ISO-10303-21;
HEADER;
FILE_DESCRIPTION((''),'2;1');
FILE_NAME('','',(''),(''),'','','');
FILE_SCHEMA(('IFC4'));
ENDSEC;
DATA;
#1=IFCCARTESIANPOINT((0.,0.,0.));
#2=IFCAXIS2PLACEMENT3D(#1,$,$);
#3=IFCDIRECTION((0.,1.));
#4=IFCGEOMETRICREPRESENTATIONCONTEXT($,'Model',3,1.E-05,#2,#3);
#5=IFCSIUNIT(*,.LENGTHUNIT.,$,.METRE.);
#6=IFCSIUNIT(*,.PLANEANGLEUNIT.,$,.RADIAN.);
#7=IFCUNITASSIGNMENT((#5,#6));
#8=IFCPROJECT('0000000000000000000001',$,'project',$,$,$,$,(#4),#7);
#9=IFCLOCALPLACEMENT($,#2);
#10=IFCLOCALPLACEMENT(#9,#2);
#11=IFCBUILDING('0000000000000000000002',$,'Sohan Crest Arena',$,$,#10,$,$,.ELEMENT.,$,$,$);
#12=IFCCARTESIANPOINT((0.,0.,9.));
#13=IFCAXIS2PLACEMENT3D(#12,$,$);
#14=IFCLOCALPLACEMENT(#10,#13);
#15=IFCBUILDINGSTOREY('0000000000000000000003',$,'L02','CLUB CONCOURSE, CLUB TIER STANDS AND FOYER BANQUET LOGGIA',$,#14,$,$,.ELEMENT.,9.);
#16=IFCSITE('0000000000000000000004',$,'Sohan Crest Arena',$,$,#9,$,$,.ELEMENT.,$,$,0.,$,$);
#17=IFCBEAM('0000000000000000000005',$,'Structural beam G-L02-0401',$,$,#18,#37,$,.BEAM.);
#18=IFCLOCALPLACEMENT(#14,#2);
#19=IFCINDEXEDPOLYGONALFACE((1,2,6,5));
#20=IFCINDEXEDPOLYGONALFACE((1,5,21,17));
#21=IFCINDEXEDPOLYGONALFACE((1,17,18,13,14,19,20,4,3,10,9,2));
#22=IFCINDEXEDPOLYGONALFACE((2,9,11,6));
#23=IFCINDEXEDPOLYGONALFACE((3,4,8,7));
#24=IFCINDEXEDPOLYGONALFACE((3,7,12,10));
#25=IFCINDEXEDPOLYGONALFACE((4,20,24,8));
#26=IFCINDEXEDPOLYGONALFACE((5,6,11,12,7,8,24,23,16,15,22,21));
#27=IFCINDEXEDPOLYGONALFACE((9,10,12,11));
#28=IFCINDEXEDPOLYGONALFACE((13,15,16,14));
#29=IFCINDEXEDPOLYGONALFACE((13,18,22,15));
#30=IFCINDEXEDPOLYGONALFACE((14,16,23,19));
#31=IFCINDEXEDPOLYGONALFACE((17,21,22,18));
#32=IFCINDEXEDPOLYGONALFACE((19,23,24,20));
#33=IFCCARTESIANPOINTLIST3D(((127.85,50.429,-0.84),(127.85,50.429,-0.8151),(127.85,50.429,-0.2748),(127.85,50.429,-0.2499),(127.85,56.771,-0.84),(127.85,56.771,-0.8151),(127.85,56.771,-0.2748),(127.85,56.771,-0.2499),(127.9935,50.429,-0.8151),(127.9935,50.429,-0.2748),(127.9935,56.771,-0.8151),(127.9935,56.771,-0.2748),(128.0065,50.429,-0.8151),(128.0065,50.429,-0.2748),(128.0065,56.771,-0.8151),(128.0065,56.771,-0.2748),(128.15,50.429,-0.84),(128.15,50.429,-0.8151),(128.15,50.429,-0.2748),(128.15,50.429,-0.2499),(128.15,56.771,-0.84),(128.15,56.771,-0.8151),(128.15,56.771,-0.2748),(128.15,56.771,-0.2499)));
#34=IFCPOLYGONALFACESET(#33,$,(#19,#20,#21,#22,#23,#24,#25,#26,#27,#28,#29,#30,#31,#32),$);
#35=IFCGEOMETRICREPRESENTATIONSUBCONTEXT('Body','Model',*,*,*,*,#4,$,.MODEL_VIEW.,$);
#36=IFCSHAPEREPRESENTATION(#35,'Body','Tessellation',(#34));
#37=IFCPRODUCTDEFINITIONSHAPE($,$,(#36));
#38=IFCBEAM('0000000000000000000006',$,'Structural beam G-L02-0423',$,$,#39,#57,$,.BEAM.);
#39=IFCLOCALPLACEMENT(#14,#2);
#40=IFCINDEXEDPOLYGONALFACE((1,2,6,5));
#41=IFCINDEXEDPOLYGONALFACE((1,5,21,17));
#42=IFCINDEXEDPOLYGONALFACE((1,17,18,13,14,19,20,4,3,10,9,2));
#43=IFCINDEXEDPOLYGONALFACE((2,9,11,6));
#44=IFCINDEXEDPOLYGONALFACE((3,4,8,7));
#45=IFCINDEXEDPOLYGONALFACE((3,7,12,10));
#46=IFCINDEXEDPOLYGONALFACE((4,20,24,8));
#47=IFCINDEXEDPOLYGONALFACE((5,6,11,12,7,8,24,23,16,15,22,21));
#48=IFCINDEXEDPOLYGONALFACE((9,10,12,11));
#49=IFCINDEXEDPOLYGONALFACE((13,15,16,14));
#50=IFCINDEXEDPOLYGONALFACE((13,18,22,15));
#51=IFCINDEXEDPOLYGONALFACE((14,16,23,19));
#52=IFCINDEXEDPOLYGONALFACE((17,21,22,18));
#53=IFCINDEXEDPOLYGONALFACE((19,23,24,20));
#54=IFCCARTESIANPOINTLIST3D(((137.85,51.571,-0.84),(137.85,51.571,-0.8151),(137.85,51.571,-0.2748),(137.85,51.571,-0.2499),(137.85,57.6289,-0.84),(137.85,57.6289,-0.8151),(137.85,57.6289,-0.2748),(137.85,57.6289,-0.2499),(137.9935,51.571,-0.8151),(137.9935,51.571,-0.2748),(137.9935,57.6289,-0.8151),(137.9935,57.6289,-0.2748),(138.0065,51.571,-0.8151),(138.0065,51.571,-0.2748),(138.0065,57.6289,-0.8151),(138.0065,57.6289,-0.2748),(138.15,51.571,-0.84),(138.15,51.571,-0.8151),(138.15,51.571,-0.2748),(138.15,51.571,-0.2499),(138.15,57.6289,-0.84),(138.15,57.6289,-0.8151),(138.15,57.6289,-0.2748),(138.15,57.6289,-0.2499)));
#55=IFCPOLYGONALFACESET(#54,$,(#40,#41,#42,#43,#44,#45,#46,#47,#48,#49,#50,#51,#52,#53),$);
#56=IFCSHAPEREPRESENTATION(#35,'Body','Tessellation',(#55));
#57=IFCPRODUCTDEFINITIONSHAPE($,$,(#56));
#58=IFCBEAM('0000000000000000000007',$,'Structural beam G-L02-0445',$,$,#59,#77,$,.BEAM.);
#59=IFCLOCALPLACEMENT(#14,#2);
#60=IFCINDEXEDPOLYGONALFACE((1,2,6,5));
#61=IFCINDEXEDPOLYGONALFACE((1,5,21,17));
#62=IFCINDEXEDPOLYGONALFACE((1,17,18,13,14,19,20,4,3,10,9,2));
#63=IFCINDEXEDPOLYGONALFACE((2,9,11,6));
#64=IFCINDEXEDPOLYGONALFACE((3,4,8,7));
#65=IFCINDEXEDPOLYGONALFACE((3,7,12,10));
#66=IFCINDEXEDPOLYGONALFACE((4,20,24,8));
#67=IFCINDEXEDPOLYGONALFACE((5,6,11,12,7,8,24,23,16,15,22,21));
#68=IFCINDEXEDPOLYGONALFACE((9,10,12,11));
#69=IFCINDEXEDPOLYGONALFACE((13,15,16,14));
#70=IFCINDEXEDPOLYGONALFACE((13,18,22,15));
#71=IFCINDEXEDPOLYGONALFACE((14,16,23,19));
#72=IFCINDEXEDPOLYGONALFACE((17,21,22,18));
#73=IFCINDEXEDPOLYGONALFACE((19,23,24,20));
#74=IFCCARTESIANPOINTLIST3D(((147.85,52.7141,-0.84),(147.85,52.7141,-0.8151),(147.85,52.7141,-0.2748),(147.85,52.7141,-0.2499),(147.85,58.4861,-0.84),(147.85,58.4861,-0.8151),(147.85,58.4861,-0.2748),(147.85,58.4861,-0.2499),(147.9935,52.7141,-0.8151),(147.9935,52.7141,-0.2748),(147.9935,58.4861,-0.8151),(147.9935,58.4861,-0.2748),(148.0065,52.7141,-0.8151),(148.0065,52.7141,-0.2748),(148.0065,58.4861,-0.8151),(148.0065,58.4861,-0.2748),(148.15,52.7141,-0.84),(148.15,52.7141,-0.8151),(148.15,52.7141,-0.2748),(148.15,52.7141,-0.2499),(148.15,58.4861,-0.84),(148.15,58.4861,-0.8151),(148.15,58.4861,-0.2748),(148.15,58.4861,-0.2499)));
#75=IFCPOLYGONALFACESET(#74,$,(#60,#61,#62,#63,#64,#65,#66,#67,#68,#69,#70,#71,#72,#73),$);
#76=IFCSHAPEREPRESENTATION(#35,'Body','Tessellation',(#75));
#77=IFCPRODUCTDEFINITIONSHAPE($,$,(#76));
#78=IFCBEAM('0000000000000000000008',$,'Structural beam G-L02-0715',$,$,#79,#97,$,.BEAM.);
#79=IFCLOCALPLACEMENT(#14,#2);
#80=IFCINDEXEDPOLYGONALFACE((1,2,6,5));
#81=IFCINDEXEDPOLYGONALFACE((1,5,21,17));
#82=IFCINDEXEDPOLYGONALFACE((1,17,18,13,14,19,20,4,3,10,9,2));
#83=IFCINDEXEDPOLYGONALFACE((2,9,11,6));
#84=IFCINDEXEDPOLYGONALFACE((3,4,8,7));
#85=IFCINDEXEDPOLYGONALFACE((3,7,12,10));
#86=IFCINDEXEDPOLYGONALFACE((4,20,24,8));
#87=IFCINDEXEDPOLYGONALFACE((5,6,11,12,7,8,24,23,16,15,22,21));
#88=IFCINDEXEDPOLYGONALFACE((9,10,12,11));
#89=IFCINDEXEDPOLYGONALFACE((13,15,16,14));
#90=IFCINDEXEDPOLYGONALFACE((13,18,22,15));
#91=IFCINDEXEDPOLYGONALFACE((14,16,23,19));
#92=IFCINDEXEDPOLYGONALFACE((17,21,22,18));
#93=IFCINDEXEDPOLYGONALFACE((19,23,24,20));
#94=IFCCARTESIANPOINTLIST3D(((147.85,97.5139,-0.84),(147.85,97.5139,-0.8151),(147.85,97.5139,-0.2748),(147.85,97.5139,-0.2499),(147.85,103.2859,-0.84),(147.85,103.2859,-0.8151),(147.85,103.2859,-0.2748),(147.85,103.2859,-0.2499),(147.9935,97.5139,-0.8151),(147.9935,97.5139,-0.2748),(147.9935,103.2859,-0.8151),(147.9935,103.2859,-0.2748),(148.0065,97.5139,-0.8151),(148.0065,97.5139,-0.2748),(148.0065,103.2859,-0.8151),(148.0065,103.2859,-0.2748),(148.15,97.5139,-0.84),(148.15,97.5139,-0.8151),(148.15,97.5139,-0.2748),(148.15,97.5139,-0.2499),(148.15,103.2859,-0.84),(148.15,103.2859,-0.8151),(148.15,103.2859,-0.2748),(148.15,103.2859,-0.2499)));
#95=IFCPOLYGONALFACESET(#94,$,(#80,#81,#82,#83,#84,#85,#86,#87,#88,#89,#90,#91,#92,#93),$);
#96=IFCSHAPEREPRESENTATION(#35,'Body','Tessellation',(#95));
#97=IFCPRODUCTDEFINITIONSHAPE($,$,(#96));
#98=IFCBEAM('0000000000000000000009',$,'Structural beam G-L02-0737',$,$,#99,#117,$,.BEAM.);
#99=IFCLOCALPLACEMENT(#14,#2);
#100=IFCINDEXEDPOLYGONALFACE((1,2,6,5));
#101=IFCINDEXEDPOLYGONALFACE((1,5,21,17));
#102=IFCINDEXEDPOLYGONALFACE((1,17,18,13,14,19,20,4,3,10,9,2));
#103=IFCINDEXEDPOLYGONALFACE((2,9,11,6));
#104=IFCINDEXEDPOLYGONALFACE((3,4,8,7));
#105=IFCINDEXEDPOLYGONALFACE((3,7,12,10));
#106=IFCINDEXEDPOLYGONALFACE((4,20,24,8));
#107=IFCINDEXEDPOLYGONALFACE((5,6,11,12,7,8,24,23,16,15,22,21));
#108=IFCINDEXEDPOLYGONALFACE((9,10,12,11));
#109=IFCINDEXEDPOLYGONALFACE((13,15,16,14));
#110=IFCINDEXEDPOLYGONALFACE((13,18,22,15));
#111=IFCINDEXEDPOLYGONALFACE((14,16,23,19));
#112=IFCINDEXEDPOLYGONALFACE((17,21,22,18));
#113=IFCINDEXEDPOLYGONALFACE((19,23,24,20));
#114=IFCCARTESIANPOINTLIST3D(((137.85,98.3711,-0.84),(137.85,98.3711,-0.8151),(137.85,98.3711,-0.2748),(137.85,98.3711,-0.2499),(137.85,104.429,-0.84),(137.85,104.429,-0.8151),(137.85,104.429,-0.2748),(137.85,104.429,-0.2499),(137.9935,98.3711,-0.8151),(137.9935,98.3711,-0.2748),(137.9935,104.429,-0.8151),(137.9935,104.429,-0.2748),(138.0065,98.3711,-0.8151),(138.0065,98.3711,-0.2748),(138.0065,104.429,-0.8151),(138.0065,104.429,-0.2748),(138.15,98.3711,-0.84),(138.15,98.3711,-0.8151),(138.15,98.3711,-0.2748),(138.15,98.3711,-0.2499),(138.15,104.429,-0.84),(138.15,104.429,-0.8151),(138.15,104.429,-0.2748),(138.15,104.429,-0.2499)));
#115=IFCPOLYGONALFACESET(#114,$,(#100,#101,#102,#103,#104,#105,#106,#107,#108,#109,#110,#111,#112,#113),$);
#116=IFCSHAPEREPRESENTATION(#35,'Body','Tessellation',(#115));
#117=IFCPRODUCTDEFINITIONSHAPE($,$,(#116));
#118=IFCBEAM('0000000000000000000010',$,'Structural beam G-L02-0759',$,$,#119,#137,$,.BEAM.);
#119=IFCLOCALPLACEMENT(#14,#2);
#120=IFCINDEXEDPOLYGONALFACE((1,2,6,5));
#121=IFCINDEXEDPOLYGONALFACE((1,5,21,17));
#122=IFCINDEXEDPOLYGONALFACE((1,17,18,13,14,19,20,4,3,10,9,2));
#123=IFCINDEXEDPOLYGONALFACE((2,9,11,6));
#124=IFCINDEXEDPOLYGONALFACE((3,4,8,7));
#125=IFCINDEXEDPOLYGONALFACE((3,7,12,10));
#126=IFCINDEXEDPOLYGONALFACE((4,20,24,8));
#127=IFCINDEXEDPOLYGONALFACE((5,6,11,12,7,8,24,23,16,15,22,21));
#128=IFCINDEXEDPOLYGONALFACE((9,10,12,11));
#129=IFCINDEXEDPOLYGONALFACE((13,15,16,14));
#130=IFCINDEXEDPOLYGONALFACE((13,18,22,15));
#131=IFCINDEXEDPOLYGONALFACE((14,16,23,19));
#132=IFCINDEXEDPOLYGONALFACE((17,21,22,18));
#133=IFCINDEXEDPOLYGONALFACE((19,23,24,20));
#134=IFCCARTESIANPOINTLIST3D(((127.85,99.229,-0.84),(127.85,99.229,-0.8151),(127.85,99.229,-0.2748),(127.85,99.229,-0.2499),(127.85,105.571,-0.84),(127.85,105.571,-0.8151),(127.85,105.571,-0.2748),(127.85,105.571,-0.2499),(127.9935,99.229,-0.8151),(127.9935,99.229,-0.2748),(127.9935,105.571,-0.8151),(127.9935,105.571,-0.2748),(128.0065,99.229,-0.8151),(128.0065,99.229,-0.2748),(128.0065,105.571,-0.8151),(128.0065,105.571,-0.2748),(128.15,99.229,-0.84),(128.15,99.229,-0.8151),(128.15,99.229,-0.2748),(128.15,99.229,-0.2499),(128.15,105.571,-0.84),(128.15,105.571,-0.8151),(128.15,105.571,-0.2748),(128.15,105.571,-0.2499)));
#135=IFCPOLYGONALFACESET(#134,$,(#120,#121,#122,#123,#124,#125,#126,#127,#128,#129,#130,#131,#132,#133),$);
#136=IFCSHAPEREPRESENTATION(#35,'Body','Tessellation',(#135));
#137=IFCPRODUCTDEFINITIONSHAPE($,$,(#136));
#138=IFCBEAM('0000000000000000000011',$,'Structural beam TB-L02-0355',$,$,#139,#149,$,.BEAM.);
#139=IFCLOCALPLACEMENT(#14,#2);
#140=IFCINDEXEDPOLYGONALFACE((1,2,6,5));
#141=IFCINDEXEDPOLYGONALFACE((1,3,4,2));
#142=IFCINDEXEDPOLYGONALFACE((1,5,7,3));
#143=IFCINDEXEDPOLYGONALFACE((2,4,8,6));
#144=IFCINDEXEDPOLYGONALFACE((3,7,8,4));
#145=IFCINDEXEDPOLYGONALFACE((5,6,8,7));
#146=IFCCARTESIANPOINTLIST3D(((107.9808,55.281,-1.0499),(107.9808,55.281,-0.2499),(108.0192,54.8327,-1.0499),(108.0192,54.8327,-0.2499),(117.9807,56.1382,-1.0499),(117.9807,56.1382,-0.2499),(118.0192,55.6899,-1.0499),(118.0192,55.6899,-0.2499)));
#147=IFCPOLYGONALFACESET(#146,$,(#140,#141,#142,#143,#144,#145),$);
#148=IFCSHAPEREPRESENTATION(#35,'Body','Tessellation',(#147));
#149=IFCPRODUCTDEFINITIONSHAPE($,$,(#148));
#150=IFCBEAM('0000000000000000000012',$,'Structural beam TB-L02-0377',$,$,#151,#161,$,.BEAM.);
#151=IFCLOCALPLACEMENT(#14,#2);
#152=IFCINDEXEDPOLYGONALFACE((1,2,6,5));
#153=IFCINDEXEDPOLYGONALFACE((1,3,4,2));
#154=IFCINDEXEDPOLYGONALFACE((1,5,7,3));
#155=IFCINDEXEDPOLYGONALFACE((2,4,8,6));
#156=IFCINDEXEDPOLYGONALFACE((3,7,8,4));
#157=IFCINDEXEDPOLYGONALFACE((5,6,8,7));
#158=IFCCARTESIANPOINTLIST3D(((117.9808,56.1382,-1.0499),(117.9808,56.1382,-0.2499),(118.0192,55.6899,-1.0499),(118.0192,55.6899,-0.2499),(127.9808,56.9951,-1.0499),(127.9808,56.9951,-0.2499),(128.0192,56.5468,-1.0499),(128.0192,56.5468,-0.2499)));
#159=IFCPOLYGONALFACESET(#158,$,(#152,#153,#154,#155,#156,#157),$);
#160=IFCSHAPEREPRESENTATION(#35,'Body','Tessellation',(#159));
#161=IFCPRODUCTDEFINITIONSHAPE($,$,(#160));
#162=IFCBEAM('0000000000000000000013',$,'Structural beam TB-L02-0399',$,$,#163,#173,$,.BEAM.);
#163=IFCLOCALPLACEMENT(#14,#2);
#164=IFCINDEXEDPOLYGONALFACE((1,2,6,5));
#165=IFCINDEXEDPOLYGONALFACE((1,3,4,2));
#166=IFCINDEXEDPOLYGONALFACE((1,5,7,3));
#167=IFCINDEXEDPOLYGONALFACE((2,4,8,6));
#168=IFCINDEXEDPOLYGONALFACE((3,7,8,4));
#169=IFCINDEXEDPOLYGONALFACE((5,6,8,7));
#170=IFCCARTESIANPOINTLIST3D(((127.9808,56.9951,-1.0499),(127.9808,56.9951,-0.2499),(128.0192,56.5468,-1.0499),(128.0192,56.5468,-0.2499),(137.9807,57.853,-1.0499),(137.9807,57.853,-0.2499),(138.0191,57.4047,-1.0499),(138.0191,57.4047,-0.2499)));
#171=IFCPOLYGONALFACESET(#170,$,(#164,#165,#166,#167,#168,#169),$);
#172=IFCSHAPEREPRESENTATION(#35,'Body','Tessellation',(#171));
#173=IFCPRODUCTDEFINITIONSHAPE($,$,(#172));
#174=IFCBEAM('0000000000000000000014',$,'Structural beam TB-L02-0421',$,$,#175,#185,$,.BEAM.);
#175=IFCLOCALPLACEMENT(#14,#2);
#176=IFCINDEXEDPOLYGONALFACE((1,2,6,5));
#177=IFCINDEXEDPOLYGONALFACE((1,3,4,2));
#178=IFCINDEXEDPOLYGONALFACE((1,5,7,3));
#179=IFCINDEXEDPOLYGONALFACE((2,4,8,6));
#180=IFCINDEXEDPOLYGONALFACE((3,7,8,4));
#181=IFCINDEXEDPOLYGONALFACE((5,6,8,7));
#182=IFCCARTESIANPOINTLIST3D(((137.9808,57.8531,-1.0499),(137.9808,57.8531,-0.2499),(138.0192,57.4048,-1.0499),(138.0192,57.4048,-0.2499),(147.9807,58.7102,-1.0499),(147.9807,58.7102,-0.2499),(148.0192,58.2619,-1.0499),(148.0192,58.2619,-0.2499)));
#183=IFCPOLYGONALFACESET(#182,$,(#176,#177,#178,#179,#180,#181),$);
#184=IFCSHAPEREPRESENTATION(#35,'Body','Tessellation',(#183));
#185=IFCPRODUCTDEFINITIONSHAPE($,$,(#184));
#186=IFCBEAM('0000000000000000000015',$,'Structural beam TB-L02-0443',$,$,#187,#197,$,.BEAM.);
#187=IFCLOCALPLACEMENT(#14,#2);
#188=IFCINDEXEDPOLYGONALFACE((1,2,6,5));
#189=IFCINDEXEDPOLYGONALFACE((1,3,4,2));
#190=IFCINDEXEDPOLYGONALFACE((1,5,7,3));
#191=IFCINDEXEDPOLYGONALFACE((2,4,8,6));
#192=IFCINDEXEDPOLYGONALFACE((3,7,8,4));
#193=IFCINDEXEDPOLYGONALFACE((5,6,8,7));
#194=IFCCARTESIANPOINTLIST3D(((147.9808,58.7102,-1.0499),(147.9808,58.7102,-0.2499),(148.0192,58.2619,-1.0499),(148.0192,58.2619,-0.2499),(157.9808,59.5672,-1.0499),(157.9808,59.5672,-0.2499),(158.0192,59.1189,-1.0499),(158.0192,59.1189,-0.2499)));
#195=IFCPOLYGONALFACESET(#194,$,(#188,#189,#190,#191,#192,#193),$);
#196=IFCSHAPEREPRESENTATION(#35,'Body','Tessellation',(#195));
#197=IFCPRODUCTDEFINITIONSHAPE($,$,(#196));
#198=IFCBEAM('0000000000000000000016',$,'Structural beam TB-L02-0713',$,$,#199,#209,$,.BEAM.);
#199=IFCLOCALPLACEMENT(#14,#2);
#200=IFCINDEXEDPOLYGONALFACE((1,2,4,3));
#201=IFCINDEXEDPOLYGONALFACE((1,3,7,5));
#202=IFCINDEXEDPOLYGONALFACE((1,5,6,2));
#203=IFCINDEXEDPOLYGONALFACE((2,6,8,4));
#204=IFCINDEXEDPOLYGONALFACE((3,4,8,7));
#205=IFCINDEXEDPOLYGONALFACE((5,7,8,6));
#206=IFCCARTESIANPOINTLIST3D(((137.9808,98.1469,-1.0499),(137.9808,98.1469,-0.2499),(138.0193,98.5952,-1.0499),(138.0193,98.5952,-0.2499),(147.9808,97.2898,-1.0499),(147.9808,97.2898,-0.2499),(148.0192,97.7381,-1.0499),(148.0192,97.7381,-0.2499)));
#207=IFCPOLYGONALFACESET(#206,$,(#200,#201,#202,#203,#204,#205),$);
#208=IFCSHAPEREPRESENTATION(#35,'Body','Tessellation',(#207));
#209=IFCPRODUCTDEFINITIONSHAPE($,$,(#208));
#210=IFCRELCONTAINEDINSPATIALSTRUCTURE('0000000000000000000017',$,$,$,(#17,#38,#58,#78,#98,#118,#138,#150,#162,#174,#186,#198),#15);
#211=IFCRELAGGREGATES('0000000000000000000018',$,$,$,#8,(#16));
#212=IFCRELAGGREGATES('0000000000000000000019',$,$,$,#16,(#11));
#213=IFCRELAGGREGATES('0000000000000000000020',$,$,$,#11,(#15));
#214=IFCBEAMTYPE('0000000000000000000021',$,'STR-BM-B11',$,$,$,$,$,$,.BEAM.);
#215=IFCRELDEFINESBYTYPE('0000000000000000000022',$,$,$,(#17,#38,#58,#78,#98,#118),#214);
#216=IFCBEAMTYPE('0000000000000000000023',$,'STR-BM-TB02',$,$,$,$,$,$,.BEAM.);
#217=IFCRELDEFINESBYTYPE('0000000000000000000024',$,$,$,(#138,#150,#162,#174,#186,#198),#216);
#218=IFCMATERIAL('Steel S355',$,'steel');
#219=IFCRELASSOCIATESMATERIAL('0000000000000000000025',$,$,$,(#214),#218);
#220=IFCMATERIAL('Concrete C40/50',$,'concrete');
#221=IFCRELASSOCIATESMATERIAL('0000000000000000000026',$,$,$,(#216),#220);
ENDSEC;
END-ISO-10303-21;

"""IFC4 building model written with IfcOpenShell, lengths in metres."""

from ifc_helpers import new_model, si_unit, direction, frame, origin, origin_2d, place, context, subcontext, project, spatial, rectangle, i_section, extrude, material, material_profile, profile_set, type_object, element, save


model = new_model("IFC4")

# Units and contexts
model_context = context("Model", 3, precision=1e-05, world=origin(), true_north=direction((0.0, 1.0)))
body_context = subcontext(model_context, "Body", "Model", "MODEL_VIEW")
ifc_project = project(units=[si_unit("LENGTHUNIT", "METRE"), si_unit("PLANEANGLEUNIT", "RADIAN")], contexts=[model_context])

# Site, building, storey
site_placement = place(None, origin())
site = spatial("IfcSite", under=ifc_project, at=site_placement, Name="Sohan Crest Arena", CompositionType="ELEMENT", RefElevation=0.0)
building_placement = place(site_placement, origin())
building = spatial("IfcBuilding", under=site, at=building_placement, Name="Sohan Crest Arena", CompositionType="ELEMENT")
storey_placement = place(building_placement, frame((0.0, 0.0, 9.0)))
storey = spatial("IfcBuildingStorey", under=building, at=storey_placement, Name="L02", Description="CLUB CONCOURSE, CLUB TIER STANDS AND FOYER BANQUET LOGGIA", CompositionType="ELEMENT", Elevation=9.0)

# Shared definitions
ifc_material_1 = material(Name="Concrete C40/50", Category="concrete")

# Beams
ifc_material_2 = material(Name="Steel S355", Category="steel")
ifc_material_profile_1 = material_profile(ifc_material_2, i_section(OverallWidth=0.3, OverallDepth=0.5901, WebThickness=0.0129, FlangeThickness=0.0249, at=origin_2d()), Name="HEA 600")
ifc_profile_set_1 = profile_set([ifc_material_profile_1], Name="Steel S355")
beam_type_1 = type_object("IfcBeamType", Name="STR-BM-B11", PredefinedType="BEAM", material=ifc_profile_set_1)
beam_1_placement = place(storey_placement, frame((128.0, 56.771, -0.5449), z_axis=(0.0, -1.0, 0.0), x_axis=(1.0, 0.0, 0.0)))
element("IfcBeam", 1, at=beam_1_placement, inside=storey, type_object=beam_type_1, Name="Structural beam G-L02-0401", PredefinedType="BEAM", context=body_context, shape_type="SweptSolid", body=[
    extrude(i_section(OverallWidth=0.3, OverallDepth=0.5901, WebThickness=0.0129, FlangeThickness=0.0249, at=origin_2d()), origin(), (0.0, 0.0, 1.0), 6.342),
])
beam_2_placement = place(storey_placement, frame((138.0, 57.6289, -0.5449), z_axis=(0.0, -1.0, 0.0), x_axis=(1.0, 0.0, 0.0)))
element("IfcBeam", 2, at=beam_2_placement, inside=storey, type_object=beam_type_1, Name="Structural beam G-L02-0423", PredefinedType="BEAM", context=body_context, shape_type="SweptSolid", body=[
    extrude(i_section(OverallWidth=0.3, OverallDepth=0.5901, WebThickness=0.0129, FlangeThickness=0.0249, at=origin_2d()), origin(), (0.0, 0.0, 1.0), 6.0579),
])
for number, where, z_axis, x_axis, name in (
    (3, (148.0, 58.4861, -0.5449), (0.0, -1.0, 0.0), (1.0, 0.0, 0.0), "Structural beam G-L02-0445"),
    (4, (148.0, 97.5139, -0.5449), (0.0, 1.0, 0.0), (-1.0, 0.0, 0.0), "Structural beam G-L02-0715"),
):
    element("IfcBeam", number, at=place(storey_placement, frame(where, z_axis=z_axis, x_axis=x_axis)), inside=storey, type_object=beam_type_1, Name=name, PredefinedType="BEAM", context=body_context, shape_type="SweptSolid", body=[
        extrude(i_section(OverallWidth=0.3, OverallDepth=0.5901, WebThickness=0.0129, FlangeThickness=0.0249, at=origin_2d()), origin(), (0.0, 0.0, 1.0), 5.772),
    ])
beam_3_placement = place(storey_placement, frame((138.0, 98.3711, -0.5449), z_axis=(0.0, 1.0, 0.0), x_axis=(-1.0, 0.0, 0.0)))
element("IfcBeam", 5, at=beam_3_placement, inside=storey, type_object=beam_type_1, Name="Structural beam G-L02-0737", PredefinedType="BEAM", context=body_context, shape_type="SweptSolid", body=[
    extrude(i_section(OverallWidth=0.3, OverallDepth=0.5901, WebThickness=0.0129, FlangeThickness=0.0249, at=origin_2d()), origin(), (0.0, 0.0, 1.0), 6.0579),
])
beam_4_placement = place(storey_placement, frame((128.0, 99.229, -0.5449), z_axis=(0.0, 1.0, 0.0), x_axis=(-1.0, 0.0, 0.0)))
element("IfcBeam", 6, at=beam_4_placement, inside=storey, type_object=beam_type_1, Name="Structural beam G-L02-0759", PredefinedType="BEAM", context=body_context, shape_type="SweptSolid", body=[
    extrude(i_section(OverallWidth=0.3, OverallDepth=0.5901, WebThickness=0.0129, FlangeThickness=0.0249, at=origin_2d()), origin(), (0.0, 0.0, 1.0), 6.342),
])
ifc_material_profile_2 = material_profile(ifc_material_1, rectangle(XDim=0.45, YDim=0.8, at=origin_2d()), Name="RC-BM 450x800")
ifc_profile_set_2 = profile_set([ifc_material_profile_2], Name="Concrete C40/50")
beam_type_2 = type_object("IfcBeamType", Name="STR-BM-TB02", PredefinedType="BEAM", material=ifc_profile_set_2)
for number, where, z_axis, x_axis, name in (
    (7, (108.0, 55.0569, -0.6499), (0.996346, 0.085405, 0.0), (-0.085405, 0.996346, 0.0), "Structural beam TB-L02-0355"),
    (8, (118.0, 55.9141, -0.6499), (0.996348, 0.08538, 0.0), (-0.08538, 0.996348, 0.0), "Structural beam TB-L02-0377"),
    (9, (128.0, 56.771, -0.6499), (0.99634, 0.085477, 0.0), (-0.085477, 0.99634, 0.0), "Structural beam TB-L02-0399"),
    (10, (138.0, 57.6289, -0.6499), (0.996346, 0.085405, 0.0), (-0.085405, 0.996346, 0.0), "Structural beam TB-L02-0421"),
    (11, (148.0, 58.4861, -0.6499), (0.996348, 0.08538, 0.0), (-0.08538, 0.996348, 0.0), "Structural beam TB-L02-0443"),
    (12, (148.0, 97.5139, -0.6499), (-0.996346, 0.085405, 0.0), (-0.085405, -0.996346, 0.0), "Structural beam TB-L02-0713"),
):
    element("IfcBeam", number, at=place(storey_placement, frame(where, z_axis=z_axis, x_axis=x_axis)), inside=storey, type_object=beam_type_2, Name=name, PredefinedType="BEAM", context=body_context, shape_type="SweptSolid", body=[
        extrude(rectangle(XDim=0.45, YDim=0.8, at=origin_2d()), origin(), (0.0, 0.0, 1.0), 10.0366),
    ])

save(model, "model.ifc")
